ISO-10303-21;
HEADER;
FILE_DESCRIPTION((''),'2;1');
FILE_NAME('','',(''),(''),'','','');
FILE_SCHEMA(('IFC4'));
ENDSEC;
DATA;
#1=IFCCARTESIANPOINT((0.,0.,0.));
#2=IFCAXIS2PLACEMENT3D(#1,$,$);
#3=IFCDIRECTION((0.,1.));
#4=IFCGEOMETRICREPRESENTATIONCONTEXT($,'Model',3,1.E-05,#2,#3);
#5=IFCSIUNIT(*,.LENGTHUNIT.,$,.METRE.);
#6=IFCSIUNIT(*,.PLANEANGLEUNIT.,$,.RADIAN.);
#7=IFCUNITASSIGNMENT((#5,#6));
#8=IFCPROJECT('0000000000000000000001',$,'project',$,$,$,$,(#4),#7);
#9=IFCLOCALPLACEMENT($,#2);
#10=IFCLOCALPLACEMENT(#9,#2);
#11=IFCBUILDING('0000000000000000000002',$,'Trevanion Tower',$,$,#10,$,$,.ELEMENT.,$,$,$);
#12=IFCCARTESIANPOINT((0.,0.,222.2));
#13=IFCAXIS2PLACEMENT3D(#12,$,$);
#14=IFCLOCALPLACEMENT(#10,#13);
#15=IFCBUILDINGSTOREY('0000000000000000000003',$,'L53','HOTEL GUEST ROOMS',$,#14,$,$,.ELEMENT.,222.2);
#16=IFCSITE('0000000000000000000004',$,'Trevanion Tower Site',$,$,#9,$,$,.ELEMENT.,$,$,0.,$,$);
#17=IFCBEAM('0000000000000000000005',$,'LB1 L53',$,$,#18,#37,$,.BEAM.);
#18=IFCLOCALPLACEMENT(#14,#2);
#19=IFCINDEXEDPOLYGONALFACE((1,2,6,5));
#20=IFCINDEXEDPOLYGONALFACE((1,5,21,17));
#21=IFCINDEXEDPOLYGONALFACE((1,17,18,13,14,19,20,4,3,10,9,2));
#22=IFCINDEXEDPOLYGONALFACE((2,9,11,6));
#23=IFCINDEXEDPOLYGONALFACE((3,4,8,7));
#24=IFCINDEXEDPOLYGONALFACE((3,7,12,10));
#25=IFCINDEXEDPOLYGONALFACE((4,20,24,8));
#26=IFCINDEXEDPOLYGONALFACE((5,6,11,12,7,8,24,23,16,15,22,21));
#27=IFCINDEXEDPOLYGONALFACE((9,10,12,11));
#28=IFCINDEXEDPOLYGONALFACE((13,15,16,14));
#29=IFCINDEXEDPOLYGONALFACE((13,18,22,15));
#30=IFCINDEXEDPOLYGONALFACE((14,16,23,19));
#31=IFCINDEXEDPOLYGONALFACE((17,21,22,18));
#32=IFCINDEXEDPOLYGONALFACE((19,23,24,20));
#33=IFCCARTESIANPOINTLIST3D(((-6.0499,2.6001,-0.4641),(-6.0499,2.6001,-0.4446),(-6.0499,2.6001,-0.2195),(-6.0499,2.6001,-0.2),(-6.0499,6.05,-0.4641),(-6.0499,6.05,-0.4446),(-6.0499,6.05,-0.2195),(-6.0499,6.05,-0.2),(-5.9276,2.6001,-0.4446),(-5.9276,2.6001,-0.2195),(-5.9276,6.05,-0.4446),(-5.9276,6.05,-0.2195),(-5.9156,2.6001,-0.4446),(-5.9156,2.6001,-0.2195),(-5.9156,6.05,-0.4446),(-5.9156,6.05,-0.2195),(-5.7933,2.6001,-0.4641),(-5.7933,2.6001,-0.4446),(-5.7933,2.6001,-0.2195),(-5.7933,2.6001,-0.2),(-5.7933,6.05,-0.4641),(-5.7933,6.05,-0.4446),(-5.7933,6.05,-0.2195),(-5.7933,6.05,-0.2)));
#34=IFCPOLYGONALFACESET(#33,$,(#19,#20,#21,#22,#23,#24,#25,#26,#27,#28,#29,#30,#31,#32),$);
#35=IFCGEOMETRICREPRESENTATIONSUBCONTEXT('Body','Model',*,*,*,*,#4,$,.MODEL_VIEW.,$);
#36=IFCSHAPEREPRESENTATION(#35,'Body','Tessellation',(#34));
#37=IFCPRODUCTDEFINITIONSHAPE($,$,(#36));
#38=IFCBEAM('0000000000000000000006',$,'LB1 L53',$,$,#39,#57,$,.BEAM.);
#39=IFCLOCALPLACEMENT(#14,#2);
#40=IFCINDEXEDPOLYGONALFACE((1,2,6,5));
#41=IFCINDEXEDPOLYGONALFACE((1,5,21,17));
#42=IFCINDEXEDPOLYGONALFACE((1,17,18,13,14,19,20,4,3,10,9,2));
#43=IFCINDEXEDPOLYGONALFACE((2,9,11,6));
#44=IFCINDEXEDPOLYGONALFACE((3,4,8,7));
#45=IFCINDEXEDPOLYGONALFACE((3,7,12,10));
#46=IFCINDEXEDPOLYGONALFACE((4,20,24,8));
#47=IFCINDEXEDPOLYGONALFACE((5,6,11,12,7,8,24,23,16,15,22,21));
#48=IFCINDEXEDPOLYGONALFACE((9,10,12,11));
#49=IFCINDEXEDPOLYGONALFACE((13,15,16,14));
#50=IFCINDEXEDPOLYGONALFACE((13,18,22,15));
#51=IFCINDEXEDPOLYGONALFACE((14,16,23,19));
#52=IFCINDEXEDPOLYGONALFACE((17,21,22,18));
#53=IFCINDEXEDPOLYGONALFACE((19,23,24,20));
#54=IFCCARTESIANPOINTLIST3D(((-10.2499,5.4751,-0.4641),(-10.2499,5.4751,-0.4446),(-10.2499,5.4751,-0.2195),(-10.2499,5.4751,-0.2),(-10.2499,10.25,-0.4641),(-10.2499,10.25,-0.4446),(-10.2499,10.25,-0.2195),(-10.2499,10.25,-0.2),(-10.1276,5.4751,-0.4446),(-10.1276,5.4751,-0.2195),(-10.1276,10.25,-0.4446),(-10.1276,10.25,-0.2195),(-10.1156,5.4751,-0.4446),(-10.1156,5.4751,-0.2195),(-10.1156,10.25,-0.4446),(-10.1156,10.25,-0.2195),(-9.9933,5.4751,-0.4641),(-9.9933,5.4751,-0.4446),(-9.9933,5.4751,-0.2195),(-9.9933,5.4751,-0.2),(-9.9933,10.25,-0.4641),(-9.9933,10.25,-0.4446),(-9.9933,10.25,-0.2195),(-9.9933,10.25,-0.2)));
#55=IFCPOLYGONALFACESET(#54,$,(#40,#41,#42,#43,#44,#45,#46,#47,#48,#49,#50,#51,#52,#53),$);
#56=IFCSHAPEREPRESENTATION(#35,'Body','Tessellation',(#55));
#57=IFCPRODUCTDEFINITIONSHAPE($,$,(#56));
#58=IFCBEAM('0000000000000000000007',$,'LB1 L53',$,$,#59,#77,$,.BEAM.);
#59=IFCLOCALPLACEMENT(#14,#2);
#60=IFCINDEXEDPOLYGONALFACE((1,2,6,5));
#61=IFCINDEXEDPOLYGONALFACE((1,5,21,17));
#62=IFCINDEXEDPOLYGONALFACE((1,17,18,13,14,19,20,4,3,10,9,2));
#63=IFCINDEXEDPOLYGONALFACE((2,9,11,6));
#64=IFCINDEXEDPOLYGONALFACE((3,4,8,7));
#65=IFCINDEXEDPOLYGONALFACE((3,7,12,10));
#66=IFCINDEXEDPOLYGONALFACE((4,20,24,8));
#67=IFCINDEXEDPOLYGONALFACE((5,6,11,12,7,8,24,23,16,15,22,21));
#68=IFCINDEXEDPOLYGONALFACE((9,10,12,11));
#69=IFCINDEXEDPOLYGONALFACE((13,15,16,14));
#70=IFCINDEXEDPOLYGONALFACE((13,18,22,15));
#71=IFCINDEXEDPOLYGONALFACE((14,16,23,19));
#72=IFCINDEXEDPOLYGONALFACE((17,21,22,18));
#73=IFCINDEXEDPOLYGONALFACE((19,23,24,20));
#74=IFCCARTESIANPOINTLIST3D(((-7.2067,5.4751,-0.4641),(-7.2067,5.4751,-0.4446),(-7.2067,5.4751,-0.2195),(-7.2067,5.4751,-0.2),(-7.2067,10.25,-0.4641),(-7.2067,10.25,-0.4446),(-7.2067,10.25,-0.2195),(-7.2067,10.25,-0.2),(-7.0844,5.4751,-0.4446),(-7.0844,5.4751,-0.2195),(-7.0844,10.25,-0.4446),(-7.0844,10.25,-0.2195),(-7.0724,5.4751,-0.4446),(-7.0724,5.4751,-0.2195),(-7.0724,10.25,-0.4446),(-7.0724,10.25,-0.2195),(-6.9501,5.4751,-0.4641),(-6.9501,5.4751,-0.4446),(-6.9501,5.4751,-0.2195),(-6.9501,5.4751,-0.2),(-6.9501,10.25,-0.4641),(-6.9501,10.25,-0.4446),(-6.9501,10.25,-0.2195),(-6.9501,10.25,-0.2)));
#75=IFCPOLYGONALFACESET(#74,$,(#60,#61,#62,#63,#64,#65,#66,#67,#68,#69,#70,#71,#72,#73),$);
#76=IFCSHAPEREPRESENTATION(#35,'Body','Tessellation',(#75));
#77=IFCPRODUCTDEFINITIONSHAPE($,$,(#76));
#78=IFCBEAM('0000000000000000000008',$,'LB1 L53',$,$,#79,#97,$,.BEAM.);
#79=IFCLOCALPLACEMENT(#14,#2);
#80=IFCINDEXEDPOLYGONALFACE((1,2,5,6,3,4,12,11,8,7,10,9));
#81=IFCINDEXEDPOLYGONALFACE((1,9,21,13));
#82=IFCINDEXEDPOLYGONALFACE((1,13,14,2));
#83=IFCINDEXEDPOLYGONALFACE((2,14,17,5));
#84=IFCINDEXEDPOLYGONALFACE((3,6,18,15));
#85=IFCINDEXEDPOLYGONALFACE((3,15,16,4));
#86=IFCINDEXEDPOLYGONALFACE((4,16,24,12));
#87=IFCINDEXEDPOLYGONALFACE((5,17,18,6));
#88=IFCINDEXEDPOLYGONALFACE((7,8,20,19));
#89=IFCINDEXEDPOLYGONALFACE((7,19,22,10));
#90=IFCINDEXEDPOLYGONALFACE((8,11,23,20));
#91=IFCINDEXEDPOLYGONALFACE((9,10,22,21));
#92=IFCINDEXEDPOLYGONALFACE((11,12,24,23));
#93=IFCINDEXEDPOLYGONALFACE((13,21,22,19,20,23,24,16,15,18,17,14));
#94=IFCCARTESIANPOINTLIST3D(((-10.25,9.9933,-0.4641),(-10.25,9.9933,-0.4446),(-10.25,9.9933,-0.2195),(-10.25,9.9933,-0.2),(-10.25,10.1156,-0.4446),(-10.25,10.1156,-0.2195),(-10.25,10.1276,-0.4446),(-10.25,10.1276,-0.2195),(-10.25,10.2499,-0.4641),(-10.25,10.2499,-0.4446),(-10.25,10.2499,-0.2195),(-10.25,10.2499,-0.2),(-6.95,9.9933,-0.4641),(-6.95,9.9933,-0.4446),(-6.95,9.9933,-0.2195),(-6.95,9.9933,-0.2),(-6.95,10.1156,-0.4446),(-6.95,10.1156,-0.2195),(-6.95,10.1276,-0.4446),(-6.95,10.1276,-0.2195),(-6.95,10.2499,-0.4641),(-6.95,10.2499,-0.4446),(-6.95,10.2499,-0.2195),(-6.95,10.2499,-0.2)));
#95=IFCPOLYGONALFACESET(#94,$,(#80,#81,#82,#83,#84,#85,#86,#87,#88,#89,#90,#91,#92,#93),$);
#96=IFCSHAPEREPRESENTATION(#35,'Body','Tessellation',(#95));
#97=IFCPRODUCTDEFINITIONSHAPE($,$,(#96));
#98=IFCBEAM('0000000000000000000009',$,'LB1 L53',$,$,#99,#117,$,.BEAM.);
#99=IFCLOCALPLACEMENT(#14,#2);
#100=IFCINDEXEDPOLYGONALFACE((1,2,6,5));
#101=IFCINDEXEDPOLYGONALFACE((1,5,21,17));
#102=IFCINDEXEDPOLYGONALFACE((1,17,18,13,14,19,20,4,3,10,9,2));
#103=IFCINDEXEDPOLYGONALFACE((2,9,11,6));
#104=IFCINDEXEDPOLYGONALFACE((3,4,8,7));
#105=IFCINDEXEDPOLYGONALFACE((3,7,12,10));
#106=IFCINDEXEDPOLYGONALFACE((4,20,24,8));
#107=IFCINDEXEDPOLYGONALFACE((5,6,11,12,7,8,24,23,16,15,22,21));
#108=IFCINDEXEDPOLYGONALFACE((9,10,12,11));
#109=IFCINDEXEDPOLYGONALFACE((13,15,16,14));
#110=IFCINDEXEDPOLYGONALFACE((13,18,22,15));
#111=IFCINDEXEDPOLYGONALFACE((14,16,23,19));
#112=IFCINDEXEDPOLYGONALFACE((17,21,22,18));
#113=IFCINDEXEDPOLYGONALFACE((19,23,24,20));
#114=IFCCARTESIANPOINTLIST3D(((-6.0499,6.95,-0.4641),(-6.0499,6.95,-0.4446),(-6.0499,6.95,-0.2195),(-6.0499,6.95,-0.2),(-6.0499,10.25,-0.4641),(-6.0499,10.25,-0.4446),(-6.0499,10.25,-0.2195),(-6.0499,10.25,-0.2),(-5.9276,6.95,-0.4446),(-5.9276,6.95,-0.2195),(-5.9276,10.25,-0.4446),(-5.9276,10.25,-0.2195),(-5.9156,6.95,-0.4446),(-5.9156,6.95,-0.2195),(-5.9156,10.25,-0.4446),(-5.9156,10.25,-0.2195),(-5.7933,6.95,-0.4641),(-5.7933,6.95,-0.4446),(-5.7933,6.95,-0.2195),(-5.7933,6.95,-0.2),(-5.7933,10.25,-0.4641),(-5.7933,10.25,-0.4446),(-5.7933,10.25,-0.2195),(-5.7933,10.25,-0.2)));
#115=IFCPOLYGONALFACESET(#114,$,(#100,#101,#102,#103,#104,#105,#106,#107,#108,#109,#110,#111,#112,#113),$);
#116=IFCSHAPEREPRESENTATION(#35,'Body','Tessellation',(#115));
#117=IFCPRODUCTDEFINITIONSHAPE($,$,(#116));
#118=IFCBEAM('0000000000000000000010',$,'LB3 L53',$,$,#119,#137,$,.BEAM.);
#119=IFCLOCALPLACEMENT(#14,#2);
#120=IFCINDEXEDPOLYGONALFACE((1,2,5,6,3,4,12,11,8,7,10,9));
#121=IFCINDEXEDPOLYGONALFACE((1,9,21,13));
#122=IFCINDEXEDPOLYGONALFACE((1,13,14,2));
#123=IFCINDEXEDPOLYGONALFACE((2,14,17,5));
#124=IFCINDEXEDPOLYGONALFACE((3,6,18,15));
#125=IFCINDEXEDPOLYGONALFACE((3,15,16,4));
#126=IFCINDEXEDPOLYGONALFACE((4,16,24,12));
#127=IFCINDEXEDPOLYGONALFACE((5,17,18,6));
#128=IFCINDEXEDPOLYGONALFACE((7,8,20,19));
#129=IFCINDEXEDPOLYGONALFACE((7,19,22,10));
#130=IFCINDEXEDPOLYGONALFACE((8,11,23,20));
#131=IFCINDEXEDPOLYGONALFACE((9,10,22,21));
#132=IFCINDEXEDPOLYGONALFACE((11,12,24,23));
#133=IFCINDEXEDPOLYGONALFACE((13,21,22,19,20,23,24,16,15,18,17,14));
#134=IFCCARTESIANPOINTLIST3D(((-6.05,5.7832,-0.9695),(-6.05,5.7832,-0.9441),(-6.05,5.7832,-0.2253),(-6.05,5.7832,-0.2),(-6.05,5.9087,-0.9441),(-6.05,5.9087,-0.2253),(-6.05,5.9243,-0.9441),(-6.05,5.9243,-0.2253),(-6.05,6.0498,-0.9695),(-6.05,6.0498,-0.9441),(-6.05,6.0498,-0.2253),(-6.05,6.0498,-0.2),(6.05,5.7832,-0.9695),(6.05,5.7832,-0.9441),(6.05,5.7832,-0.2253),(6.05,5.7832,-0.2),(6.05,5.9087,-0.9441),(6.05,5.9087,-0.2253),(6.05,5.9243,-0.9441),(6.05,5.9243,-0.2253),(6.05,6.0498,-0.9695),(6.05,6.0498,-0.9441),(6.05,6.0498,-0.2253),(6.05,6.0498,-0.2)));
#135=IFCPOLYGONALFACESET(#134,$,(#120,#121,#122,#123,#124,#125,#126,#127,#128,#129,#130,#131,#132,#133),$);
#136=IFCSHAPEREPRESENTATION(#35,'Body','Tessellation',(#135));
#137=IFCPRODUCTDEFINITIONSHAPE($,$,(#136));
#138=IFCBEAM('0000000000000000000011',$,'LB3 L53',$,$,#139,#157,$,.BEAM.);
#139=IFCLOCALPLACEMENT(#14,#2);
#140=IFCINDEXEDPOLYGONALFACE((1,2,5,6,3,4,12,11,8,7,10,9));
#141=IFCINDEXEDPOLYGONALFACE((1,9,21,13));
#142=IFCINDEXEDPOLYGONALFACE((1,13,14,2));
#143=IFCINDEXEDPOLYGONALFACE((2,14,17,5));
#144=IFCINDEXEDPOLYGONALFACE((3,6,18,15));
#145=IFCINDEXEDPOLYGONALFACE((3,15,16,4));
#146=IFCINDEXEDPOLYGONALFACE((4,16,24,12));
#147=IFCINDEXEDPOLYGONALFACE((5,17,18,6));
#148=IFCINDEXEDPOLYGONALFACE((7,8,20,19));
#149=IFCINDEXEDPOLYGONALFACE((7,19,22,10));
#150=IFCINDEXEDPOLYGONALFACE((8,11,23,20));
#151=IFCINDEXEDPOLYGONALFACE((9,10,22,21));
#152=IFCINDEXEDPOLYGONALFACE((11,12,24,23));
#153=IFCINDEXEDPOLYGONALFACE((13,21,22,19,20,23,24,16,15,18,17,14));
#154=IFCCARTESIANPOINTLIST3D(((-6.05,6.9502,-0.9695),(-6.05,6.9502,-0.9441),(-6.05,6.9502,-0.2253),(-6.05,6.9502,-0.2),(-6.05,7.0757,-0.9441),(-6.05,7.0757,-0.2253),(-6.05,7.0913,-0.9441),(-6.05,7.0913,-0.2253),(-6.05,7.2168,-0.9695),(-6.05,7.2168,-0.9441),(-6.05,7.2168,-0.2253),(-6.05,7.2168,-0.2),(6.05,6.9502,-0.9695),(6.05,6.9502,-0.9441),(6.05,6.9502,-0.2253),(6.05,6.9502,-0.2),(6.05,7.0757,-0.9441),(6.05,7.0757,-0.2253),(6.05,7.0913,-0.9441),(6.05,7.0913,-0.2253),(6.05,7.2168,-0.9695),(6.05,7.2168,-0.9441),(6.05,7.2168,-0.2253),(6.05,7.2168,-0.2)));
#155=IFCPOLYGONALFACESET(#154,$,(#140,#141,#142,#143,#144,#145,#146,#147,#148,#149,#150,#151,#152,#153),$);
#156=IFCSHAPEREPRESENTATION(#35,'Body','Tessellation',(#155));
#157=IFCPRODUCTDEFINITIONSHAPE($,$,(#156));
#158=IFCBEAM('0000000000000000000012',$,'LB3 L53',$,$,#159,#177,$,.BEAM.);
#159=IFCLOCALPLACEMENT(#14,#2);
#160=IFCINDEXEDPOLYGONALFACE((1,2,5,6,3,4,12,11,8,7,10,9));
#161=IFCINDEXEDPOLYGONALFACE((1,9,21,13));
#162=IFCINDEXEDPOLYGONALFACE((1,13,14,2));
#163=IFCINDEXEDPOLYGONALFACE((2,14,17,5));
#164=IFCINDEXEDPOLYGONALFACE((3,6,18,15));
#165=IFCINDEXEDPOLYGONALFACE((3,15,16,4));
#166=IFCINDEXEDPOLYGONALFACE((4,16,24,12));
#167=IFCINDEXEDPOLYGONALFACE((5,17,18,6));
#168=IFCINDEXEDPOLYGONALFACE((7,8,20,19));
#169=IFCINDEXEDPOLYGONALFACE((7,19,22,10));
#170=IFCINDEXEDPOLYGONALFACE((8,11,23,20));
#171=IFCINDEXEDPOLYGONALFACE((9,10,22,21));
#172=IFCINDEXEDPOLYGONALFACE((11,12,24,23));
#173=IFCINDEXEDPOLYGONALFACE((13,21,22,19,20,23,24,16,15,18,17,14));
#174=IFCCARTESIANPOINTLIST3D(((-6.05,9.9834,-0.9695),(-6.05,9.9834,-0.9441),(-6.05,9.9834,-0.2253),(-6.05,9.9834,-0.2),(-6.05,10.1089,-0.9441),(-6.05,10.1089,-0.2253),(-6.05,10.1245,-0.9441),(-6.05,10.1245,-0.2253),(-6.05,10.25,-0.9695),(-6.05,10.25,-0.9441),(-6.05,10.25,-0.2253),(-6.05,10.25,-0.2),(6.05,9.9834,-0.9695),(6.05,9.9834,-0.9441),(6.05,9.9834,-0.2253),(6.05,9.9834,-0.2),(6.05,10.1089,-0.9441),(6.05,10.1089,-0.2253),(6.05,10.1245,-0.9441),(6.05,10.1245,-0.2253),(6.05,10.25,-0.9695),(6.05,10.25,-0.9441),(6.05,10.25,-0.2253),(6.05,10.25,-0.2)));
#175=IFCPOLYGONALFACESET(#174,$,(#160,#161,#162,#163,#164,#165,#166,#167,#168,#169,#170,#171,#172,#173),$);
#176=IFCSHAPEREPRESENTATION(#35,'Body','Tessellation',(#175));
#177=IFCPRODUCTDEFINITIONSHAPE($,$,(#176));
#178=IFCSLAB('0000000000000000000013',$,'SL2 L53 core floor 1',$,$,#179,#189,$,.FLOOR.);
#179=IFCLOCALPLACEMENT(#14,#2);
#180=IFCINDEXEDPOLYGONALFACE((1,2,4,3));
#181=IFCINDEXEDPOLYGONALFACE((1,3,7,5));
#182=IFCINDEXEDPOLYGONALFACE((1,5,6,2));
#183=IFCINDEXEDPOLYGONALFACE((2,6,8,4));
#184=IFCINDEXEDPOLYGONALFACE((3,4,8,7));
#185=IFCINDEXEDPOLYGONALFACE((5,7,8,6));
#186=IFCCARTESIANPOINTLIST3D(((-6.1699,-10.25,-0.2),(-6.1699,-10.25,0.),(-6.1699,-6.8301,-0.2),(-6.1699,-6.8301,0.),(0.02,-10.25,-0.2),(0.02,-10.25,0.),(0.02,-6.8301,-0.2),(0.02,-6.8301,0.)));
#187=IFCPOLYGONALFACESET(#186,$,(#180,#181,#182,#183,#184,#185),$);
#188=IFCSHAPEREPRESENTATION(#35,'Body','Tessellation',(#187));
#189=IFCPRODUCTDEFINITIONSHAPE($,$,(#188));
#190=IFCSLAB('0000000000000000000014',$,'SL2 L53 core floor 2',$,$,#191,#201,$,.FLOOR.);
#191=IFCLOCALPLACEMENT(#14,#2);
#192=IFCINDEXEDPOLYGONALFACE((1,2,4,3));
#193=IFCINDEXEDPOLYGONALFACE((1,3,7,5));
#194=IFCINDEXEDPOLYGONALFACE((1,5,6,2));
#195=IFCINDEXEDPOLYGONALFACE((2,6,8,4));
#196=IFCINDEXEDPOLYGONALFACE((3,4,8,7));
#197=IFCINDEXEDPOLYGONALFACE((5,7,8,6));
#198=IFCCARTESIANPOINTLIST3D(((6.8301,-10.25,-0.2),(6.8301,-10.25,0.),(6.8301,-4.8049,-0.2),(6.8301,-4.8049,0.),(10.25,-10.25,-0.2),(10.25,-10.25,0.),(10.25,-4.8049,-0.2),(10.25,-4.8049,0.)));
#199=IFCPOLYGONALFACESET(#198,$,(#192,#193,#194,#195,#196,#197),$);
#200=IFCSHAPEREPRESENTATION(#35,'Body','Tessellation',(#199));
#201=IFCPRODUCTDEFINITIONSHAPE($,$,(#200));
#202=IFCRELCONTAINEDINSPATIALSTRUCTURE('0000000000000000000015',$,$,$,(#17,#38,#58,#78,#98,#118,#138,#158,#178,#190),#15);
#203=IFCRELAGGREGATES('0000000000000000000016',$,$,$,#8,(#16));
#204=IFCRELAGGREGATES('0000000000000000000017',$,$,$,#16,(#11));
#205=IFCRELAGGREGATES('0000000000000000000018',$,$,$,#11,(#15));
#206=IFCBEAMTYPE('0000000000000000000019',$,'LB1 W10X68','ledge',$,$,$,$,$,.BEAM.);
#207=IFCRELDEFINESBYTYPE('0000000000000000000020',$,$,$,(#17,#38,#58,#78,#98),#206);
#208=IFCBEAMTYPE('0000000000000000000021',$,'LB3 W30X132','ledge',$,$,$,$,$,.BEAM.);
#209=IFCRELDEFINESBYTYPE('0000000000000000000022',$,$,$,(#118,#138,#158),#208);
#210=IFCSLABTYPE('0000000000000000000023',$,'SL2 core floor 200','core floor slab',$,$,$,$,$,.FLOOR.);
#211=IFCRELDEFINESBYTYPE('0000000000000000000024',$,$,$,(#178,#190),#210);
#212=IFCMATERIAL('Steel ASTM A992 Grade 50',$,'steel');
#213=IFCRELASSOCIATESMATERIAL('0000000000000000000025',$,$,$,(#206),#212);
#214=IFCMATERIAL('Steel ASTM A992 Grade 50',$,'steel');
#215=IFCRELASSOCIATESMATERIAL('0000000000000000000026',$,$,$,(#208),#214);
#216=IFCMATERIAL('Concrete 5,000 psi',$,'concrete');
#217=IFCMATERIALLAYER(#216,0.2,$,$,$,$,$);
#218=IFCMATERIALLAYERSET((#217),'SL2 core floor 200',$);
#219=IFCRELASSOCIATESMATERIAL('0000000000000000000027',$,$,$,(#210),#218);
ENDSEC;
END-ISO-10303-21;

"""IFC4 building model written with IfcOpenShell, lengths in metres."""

from ifc_helpers import new_model, si_unit, direction, frame, origin, origin_2d, place, context, subcontext, project, spatial, polyline, i_section, outline, extrude, material, layer, layer_set, material_profile, profile_set, type_object, element, save


model = new_model("IFC4")

# Units and contexts
model_context = context("Model", 3, precision=1e-05, world=origin(), true_north=direction((0.0, 1.0)))
body_context = subcontext(model_context, "Body", "Model", "MODEL_VIEW")
ifc_project = project(units=[si_unit("LENGTHUNIT", "METRE"), si_unit("PLANEANGLEUNIT", "RADIAN")], contexts=[model_context])

# Site, building, storey
site_placement = place(None, origin())
site = spatial("IfcSite", under=ifc_project, at=site_placement, Name="Trevanion Tower Site", CompositionType="ELEMENT", RefElevation=0.0)
building_placement = place(site_placement, origin())
building = spatial("IfcBuilding", under=site, at=building_placement, Name="Trevanion Tower", CompositionType="ELEMENT")
storey_placement = place(building_placement, frame((0.0, 0.0, 222.2)))
storey = spatial("IfcBuildingStorey", under=building, at=storey_placement, Name="L53", Description="HOTEL GUEST ROOMS", CompositionType="ELEMENT", Elevation=222.2)

# Beams
ifc_material_1 = material(Name="Steel ASTM A992 Grade 50", Category="steel")
ifc_material_profile_1 = material_profile(ifc_material_1, i_section(OverallWidth=0.2566, OverallDepth=0.2642, WebThickness=0.012, FlangeThickness=0.0195, at=origin_2d()), Name="W10X68")
ifc_profile_set_1 = profile_set([ifc_material_profile_1], Name="Steel ASTM A992 Grade 50")
beam_type_1 = type_object("IfcBeamType", Name="LB1 W10X68", Description="ledge", PredefinedType="BEAM", material=ifc_profile_set_1)
beam_placement = place(storey_placement, frame((-5.9216, 2.6001, -0.332), z_axis=(0.0, 1.0, 0.0), x_axis=(-1.0, 0.0, 0.0)))
element("IfcBeam", 1, at=beam_placement, inside=storey, type_object=beam_type_1, Name="LB1 L53", PredefinedType="BEAM", context=body_context, shape_type="SweptSolid", body=[
    extrude(i_section(OverallWidth=0.2566, OverallDepth=0.2642, WebThickness=0.012, FlangeThickness=0.0195, at=origin_2d()), origin(), (0.0, 0.0, 1.0), 3.45),
])
for number, where, z_axis, x_axis, name in (
    (2, (-10.1216, 5.4751, -0.332), (0.0, 1.0, 0.0), (-1.0, 0.0, 0.0), "LB1 L53"),
    (3, (-7.0784, 5.4751, -0.332), (0.0, 1.0, 0.0), (-1.0, 0.0, 0.0), "LB1 L53"),
):
    element("IfcBeam", number, at=place(storey_placement, frame(where, z_axis=z_axis, x_axis=x_axis)), inside=storey, type_object=beam_type_1, Name=name, PredefinedType="BEAM", context=body_context, shape_type="SweptSolid", body=[
        extrude(i_section(OverallWidth=0.2566, OverallDepth=0.2642, WebThickness=0.012, FlangeThickness=0.0195, at=origin_2d()), origin(), (0.0, 0.0, 1.0), 4.7749),
    ])
for number, where, z_axis, x_axis, name in (
    (4, (-10.25, 10.1216, -0.332), (1.0, 0.0, 0.0), (0.0, 1.0, 0.0), "LB1 L53"),
    (5, (-5.9216, 6.95, -0.332), (0.0, 1.0, 0.0), (-1.0, 0.0, 0.0), "LB1 L53"),
):
    element("IfcBeam", number, at=place(storey_placement, frame(where, z_axis=z_axis, x_axis=x_axis)), inside=storey, type_object=beam_type_1, Name=name, PredefinedType="BEAM", context=body_context, shape_type="SweptSolid", body=[
        extrude(i_section(OverallWidth=0.2566, OverallDepth=0.2642, WebThickness=0.012, FlangeThickness=0.0195, at=origin_2d()), origin(), (0.0, 0.0, 1.0), 3.3),
    ])
ifc_material_2 = material(Name="Steel ASTM A992 Grade 50", Category="steel")
ifc_material_profile_2 = material_profile(ifc_material_2, i_section(OverallWidth=0.2666, OverallDepth=0.7695, WebThickness=0.0156, FlangeThickness=0.0254, at=origin_2d()), Name="W30X132")
ifc_profile_set_2 = profile_set([ifc_material_profile_2], Name="Steel ASTM A992 Grade 50")
beam_type_2 = type_object("IfcBeamType", Name="LB3 W30X132", Description="ledge", PredefinedType="BEAM", material=ifc_profile_set_2)
for number, where, z_axis, x_axis, name in (
    (6, (-6.05, 5.9165, -0.5847), (1.0, 0.0, 0.0), (0.0, 1.0, 0.0), "LB3 L53"),
    (7, (-6.05, 7.0835, -0.5847), (1.0, 0.0, 0.0), (0.0, 1.0, 0.0), "LB3 L53"),
    (8, (-6.05, 10.1167, -0.5847), (1.0, 0.0, 0.0), (0.0, 1.0, 0.0), "LB3 L53"),
):
    element("IfcBeam", number, at=place(storey_placement, frame(where, z_axis=z_axis, x_axis=x_axis)), inside=storey, type_object=beam_type_2, Name=name, PredefinedType="BEAM", context=body_context, shape_type="SweptSolid", body=[
        extrude(i_section(OverallWidth=0.2666, OverallDepth=0.7695, WebThickness=0.0156, FlangeThickness=0.0254, at=origin_2d()), origin(), (0.0, 0.0, 1.0), 12.1001),
    ])

# Slabs
ifc_material_3 = material(Name="Concrete 5,000 psi", Category="concrete")
ifc_layer_1 = layer(ifc_material_3, 0.2)
ifc_layer_set_1 = layer_set([ifc_layer_1], Name="SL2 core floor 200")
slab_type = type_object("IfcSlabType", Name="SL2 core floor 200", Description="core floor slab", PredefinedType="FLOOR", material=ifc_layer_set_1)
slab_1_placement = place(storey_placement, frame((0.0, 0.0, -0.2)))
element("IfcSlab", 9, at=slab_1_placement, inside=storey, type_object=slab_type, Name="SL2 L53 core floor 1", PredefinedType="FLOOR", context=body_context, shape_type="SweptSolid", body=[
    extrude(outline(polyline([(0.02, -10.25), (-6.1699, -10.25), (-6.1699, -6.8301), (0.02, -6.8301), (0.02, -10.25)])), origin(), (0.0, 0.0, 1.0), 0.2),
])
slab_2_placement = place(storey_placement, frame((0.0, 0.0, -0.2)))
element("IfcSlab", 10, at=slab_2_placement, inside=storey, type_object=slab_type, Name="SL2 L53 core floor 2", PredefinedType="FLOOR", context=body_context, shape_type="SweptSolid", body=[
    extrude(outline(polyline([(6.8301, -4.8049), (10.25, -4.8049), (10.25, -10.25), (6.8301, -10.25), (6.8301, -4.8049)])), origin(), (0.0, 0.0, 1.0), 0.2),
])

save(model, "model.ifc")
